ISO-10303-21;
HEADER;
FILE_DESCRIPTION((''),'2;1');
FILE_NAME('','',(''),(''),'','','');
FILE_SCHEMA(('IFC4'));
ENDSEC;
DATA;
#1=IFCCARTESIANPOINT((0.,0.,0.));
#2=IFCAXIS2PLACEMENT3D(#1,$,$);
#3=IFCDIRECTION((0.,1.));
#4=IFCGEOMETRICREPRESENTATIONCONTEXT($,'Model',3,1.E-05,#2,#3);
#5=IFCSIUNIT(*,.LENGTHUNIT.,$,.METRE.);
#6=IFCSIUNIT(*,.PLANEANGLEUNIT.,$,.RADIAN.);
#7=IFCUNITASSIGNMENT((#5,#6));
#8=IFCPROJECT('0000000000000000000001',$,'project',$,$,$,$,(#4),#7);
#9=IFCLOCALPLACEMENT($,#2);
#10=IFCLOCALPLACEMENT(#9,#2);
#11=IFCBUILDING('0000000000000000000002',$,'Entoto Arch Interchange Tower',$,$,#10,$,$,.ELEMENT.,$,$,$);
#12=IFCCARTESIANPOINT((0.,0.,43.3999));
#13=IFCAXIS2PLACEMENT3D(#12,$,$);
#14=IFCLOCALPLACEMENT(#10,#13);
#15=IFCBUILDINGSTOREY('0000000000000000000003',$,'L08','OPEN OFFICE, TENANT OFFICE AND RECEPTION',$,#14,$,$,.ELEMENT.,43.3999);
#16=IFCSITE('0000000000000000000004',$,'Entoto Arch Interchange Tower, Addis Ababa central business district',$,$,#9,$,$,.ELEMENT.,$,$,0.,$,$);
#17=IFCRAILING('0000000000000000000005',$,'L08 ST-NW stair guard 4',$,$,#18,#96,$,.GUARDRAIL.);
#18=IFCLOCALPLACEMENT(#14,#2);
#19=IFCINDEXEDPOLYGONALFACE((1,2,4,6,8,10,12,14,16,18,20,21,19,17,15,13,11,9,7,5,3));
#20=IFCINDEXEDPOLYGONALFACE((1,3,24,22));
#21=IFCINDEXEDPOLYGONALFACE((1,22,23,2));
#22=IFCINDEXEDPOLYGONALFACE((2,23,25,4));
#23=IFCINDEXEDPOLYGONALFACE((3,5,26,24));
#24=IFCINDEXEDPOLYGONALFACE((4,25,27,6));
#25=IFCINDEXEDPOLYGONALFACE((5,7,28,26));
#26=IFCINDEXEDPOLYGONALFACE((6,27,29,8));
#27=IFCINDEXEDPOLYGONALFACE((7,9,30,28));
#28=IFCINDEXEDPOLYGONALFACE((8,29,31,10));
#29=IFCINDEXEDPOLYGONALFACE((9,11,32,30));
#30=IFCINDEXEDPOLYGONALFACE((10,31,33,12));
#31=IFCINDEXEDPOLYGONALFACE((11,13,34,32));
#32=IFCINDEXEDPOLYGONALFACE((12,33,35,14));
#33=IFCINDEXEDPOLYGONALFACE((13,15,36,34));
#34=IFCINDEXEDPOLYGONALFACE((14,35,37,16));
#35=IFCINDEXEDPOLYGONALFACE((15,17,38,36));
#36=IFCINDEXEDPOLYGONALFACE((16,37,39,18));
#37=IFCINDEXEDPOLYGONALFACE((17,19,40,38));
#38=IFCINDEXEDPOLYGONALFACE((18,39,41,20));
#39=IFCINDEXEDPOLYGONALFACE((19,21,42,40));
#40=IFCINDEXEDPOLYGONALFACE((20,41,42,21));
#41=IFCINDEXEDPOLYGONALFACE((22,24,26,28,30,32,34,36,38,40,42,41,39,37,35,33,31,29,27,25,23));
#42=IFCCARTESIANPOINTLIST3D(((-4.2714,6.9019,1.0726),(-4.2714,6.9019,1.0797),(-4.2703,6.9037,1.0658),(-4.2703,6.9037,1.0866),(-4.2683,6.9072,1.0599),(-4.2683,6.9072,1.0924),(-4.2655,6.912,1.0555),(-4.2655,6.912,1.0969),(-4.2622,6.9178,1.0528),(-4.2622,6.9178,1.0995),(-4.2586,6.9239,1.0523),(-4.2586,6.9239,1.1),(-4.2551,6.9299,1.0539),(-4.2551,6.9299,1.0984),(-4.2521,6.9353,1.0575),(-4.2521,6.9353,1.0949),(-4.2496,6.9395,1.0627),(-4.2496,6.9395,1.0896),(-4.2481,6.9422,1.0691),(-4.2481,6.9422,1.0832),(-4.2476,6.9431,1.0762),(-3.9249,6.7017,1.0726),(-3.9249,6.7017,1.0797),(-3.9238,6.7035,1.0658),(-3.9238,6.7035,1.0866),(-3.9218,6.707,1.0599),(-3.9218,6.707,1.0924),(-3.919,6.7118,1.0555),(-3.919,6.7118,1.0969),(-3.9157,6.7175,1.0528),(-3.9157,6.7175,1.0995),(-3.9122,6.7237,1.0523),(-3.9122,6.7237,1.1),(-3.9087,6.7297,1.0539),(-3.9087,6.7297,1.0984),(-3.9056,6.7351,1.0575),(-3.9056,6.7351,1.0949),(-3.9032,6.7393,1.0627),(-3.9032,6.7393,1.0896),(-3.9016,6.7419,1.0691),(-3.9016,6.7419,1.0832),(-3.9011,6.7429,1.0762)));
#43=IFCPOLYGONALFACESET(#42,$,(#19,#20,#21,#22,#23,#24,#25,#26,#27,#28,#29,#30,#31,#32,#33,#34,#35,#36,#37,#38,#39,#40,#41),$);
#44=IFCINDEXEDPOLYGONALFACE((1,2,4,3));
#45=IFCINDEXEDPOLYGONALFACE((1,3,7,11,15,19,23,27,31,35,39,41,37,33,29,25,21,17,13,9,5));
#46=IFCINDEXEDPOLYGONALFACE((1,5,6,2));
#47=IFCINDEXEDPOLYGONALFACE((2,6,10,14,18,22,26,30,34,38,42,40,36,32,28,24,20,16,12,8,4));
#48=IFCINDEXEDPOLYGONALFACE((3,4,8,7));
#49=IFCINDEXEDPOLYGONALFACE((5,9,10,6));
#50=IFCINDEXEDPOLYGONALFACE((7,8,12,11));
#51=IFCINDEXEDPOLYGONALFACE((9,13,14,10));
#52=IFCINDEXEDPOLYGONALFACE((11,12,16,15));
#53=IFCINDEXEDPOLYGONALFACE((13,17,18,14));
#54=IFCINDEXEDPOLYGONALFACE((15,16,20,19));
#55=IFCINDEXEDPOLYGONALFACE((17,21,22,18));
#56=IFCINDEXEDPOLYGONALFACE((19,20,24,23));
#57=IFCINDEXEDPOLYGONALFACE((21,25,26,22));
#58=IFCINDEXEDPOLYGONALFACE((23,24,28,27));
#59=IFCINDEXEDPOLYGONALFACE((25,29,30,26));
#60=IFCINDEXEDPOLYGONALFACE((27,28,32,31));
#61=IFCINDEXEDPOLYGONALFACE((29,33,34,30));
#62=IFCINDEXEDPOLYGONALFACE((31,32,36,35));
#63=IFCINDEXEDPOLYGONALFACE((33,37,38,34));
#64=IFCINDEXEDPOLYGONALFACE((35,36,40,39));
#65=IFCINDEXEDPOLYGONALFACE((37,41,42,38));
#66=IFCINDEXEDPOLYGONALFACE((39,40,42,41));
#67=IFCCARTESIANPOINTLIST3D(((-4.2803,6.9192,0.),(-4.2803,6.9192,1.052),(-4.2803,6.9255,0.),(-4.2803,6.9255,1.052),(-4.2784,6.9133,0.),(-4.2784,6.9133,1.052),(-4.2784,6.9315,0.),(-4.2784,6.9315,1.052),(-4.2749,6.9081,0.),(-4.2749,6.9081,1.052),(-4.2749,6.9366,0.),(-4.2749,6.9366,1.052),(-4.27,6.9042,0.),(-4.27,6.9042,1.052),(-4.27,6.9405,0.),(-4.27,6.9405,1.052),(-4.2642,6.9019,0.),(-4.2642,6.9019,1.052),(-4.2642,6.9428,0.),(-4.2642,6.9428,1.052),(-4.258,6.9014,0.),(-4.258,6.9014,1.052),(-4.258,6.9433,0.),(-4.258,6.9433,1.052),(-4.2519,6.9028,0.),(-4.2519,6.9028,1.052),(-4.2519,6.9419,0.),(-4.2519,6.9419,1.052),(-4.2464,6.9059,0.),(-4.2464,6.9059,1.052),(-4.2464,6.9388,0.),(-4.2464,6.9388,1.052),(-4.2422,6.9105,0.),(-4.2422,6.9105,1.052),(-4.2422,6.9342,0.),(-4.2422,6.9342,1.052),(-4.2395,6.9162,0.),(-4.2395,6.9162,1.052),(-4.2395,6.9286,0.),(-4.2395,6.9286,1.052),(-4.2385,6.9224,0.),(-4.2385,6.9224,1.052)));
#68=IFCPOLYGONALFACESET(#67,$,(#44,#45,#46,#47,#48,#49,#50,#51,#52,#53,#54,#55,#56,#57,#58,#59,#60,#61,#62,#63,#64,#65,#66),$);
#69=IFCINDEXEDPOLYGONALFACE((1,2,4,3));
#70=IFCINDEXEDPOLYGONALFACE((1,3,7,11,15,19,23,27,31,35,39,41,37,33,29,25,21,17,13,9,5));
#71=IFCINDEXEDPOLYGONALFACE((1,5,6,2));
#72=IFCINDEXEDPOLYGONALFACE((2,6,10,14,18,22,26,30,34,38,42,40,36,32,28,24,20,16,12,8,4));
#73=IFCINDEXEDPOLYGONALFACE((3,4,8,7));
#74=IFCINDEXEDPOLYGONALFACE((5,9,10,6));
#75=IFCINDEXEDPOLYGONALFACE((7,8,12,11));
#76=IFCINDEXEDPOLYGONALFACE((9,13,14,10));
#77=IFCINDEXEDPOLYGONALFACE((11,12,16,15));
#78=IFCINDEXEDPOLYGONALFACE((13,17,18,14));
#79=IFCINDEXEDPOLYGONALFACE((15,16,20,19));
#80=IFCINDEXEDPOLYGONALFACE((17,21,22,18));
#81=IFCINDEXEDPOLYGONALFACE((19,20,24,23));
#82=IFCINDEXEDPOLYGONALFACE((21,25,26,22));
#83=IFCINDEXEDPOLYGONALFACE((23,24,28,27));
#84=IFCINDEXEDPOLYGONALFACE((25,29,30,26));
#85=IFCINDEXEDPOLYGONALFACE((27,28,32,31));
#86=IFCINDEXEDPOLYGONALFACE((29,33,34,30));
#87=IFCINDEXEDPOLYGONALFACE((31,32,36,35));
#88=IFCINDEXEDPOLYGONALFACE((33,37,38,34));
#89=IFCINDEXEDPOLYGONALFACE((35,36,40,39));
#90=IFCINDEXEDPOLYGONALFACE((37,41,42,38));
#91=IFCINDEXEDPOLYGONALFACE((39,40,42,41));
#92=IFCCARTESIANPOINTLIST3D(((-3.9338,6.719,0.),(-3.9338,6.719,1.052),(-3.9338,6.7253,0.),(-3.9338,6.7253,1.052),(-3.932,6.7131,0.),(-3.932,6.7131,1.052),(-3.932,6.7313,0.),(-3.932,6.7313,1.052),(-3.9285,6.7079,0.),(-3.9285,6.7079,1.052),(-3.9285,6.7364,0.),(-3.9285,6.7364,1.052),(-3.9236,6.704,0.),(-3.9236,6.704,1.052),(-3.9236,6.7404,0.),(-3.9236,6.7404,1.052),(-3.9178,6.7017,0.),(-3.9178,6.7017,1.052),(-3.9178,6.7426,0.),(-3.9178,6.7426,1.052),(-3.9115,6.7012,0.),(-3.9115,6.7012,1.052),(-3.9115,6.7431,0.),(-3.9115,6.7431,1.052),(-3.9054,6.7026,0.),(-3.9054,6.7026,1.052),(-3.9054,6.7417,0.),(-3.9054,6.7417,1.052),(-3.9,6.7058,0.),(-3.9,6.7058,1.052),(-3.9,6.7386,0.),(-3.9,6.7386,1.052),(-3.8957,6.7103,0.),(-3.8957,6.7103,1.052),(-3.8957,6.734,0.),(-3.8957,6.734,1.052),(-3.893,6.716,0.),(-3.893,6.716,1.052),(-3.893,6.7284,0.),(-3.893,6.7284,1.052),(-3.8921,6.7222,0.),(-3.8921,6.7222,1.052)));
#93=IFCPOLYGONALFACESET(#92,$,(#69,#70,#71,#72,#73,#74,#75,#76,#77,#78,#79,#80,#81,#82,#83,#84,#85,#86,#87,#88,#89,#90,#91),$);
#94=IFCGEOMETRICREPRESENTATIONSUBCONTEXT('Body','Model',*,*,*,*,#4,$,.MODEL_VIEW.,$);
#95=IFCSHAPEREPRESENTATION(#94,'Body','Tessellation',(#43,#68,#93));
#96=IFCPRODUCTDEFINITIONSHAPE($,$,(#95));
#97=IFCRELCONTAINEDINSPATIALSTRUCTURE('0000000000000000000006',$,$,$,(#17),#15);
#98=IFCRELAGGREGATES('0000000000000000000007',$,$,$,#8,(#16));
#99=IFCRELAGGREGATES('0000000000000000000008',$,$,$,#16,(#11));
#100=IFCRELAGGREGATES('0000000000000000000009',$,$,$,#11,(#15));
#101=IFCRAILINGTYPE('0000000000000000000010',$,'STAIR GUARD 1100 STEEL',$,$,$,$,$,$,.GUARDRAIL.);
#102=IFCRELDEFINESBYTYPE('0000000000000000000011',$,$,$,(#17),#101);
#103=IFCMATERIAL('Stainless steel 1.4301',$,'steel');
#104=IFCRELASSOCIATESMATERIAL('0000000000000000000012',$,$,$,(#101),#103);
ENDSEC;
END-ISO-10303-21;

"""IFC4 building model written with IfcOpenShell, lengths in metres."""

from ifc_helpers import new_model, si_unit, direction, frame, origin, origin_2d, place, context, subcontext, project, spatial, circle, extrude, material, type_object, element, save


model = new_model("IFC4")

# Units and contexts
model_context = context("Model", 3, precision=1e-05, world=origin(), true_north=direction((0.0, 1.0)))
body_context = subcontext(model_context, "Body", "Model", "MODEL_VIEW")
ifc_project = project(units=[si_unit("LENGTHUNIT", "METRE"), si_unit("PLANEANGLEUNIT", "RADIAN")], contexts=[model_context])

# Site, building, storey
site_placement = place(None, origin())
site = spatial("IfcSite", under=ifc_project, at=site_placement, Name="Entoto Arch Interchange Tower, Addis Ababa central business district", CompositionType="ELEMENT", RefElevation=0.0)
building_placement = place(site_placement, origin())
building = spatial("IfcBuilding", under=site, at=building_placement, Name="Entoto Arch Interchange Tower", CompositionType="ELEMENT")
storey_placement = place(building_placement, frame((0.0, 0.0, 43.3999)))
storey = spatial("IfcBuildingStorey", under=building, at=storey_placement, Name="L08", Description="OPEN OFFICE, TENANT OFFICE AND RECEPTION", CompositionType="ELEMENT", Elevation=43.3999)

# Railing
ifc_material_1 = material(Name="Stainless steel 1.4301", Category="steel")
railing_type_1 = type_object("IfcRailingType", Name="STAIR GUARD 1100 STEEL", PredefinedType="GUARDRAIL", material=ifc_material_1)
railing_1_placement = place(storey_placement, frame((-4.2595, 6.9224, 0.0)))
element("IfcRailing", 1, at=railing_1_placement, inside=storey, type_object=railing_type_1, Name="L08 ST-NW stair guard 4", PredefinedType="GUARDRAIL", context=body_context, shape_type="SweptSolid", body=[
    extrude(circle(Radius=0.0239, at=origin_2d()), frame((0.0, 0.0, 1.0762), z_axis=(0.86583, -0.500339, 0.0), x_axis=(0.500339, 0.86583, 0.0)), (0.0, 0.0, 1.0), 0.4001),
    extrude(circle(Radius=0.021, at=origin_2d()), origin(), (0.0, 0.0, 1.0), 1.052),
    extrude(circle(Radius=0.021, at=origin_2d()), frame((0.3464, -0.2002, 0.0)), (0.0, 0.0, 1.0), 1.052),
])

save(model, "model.ifc")
